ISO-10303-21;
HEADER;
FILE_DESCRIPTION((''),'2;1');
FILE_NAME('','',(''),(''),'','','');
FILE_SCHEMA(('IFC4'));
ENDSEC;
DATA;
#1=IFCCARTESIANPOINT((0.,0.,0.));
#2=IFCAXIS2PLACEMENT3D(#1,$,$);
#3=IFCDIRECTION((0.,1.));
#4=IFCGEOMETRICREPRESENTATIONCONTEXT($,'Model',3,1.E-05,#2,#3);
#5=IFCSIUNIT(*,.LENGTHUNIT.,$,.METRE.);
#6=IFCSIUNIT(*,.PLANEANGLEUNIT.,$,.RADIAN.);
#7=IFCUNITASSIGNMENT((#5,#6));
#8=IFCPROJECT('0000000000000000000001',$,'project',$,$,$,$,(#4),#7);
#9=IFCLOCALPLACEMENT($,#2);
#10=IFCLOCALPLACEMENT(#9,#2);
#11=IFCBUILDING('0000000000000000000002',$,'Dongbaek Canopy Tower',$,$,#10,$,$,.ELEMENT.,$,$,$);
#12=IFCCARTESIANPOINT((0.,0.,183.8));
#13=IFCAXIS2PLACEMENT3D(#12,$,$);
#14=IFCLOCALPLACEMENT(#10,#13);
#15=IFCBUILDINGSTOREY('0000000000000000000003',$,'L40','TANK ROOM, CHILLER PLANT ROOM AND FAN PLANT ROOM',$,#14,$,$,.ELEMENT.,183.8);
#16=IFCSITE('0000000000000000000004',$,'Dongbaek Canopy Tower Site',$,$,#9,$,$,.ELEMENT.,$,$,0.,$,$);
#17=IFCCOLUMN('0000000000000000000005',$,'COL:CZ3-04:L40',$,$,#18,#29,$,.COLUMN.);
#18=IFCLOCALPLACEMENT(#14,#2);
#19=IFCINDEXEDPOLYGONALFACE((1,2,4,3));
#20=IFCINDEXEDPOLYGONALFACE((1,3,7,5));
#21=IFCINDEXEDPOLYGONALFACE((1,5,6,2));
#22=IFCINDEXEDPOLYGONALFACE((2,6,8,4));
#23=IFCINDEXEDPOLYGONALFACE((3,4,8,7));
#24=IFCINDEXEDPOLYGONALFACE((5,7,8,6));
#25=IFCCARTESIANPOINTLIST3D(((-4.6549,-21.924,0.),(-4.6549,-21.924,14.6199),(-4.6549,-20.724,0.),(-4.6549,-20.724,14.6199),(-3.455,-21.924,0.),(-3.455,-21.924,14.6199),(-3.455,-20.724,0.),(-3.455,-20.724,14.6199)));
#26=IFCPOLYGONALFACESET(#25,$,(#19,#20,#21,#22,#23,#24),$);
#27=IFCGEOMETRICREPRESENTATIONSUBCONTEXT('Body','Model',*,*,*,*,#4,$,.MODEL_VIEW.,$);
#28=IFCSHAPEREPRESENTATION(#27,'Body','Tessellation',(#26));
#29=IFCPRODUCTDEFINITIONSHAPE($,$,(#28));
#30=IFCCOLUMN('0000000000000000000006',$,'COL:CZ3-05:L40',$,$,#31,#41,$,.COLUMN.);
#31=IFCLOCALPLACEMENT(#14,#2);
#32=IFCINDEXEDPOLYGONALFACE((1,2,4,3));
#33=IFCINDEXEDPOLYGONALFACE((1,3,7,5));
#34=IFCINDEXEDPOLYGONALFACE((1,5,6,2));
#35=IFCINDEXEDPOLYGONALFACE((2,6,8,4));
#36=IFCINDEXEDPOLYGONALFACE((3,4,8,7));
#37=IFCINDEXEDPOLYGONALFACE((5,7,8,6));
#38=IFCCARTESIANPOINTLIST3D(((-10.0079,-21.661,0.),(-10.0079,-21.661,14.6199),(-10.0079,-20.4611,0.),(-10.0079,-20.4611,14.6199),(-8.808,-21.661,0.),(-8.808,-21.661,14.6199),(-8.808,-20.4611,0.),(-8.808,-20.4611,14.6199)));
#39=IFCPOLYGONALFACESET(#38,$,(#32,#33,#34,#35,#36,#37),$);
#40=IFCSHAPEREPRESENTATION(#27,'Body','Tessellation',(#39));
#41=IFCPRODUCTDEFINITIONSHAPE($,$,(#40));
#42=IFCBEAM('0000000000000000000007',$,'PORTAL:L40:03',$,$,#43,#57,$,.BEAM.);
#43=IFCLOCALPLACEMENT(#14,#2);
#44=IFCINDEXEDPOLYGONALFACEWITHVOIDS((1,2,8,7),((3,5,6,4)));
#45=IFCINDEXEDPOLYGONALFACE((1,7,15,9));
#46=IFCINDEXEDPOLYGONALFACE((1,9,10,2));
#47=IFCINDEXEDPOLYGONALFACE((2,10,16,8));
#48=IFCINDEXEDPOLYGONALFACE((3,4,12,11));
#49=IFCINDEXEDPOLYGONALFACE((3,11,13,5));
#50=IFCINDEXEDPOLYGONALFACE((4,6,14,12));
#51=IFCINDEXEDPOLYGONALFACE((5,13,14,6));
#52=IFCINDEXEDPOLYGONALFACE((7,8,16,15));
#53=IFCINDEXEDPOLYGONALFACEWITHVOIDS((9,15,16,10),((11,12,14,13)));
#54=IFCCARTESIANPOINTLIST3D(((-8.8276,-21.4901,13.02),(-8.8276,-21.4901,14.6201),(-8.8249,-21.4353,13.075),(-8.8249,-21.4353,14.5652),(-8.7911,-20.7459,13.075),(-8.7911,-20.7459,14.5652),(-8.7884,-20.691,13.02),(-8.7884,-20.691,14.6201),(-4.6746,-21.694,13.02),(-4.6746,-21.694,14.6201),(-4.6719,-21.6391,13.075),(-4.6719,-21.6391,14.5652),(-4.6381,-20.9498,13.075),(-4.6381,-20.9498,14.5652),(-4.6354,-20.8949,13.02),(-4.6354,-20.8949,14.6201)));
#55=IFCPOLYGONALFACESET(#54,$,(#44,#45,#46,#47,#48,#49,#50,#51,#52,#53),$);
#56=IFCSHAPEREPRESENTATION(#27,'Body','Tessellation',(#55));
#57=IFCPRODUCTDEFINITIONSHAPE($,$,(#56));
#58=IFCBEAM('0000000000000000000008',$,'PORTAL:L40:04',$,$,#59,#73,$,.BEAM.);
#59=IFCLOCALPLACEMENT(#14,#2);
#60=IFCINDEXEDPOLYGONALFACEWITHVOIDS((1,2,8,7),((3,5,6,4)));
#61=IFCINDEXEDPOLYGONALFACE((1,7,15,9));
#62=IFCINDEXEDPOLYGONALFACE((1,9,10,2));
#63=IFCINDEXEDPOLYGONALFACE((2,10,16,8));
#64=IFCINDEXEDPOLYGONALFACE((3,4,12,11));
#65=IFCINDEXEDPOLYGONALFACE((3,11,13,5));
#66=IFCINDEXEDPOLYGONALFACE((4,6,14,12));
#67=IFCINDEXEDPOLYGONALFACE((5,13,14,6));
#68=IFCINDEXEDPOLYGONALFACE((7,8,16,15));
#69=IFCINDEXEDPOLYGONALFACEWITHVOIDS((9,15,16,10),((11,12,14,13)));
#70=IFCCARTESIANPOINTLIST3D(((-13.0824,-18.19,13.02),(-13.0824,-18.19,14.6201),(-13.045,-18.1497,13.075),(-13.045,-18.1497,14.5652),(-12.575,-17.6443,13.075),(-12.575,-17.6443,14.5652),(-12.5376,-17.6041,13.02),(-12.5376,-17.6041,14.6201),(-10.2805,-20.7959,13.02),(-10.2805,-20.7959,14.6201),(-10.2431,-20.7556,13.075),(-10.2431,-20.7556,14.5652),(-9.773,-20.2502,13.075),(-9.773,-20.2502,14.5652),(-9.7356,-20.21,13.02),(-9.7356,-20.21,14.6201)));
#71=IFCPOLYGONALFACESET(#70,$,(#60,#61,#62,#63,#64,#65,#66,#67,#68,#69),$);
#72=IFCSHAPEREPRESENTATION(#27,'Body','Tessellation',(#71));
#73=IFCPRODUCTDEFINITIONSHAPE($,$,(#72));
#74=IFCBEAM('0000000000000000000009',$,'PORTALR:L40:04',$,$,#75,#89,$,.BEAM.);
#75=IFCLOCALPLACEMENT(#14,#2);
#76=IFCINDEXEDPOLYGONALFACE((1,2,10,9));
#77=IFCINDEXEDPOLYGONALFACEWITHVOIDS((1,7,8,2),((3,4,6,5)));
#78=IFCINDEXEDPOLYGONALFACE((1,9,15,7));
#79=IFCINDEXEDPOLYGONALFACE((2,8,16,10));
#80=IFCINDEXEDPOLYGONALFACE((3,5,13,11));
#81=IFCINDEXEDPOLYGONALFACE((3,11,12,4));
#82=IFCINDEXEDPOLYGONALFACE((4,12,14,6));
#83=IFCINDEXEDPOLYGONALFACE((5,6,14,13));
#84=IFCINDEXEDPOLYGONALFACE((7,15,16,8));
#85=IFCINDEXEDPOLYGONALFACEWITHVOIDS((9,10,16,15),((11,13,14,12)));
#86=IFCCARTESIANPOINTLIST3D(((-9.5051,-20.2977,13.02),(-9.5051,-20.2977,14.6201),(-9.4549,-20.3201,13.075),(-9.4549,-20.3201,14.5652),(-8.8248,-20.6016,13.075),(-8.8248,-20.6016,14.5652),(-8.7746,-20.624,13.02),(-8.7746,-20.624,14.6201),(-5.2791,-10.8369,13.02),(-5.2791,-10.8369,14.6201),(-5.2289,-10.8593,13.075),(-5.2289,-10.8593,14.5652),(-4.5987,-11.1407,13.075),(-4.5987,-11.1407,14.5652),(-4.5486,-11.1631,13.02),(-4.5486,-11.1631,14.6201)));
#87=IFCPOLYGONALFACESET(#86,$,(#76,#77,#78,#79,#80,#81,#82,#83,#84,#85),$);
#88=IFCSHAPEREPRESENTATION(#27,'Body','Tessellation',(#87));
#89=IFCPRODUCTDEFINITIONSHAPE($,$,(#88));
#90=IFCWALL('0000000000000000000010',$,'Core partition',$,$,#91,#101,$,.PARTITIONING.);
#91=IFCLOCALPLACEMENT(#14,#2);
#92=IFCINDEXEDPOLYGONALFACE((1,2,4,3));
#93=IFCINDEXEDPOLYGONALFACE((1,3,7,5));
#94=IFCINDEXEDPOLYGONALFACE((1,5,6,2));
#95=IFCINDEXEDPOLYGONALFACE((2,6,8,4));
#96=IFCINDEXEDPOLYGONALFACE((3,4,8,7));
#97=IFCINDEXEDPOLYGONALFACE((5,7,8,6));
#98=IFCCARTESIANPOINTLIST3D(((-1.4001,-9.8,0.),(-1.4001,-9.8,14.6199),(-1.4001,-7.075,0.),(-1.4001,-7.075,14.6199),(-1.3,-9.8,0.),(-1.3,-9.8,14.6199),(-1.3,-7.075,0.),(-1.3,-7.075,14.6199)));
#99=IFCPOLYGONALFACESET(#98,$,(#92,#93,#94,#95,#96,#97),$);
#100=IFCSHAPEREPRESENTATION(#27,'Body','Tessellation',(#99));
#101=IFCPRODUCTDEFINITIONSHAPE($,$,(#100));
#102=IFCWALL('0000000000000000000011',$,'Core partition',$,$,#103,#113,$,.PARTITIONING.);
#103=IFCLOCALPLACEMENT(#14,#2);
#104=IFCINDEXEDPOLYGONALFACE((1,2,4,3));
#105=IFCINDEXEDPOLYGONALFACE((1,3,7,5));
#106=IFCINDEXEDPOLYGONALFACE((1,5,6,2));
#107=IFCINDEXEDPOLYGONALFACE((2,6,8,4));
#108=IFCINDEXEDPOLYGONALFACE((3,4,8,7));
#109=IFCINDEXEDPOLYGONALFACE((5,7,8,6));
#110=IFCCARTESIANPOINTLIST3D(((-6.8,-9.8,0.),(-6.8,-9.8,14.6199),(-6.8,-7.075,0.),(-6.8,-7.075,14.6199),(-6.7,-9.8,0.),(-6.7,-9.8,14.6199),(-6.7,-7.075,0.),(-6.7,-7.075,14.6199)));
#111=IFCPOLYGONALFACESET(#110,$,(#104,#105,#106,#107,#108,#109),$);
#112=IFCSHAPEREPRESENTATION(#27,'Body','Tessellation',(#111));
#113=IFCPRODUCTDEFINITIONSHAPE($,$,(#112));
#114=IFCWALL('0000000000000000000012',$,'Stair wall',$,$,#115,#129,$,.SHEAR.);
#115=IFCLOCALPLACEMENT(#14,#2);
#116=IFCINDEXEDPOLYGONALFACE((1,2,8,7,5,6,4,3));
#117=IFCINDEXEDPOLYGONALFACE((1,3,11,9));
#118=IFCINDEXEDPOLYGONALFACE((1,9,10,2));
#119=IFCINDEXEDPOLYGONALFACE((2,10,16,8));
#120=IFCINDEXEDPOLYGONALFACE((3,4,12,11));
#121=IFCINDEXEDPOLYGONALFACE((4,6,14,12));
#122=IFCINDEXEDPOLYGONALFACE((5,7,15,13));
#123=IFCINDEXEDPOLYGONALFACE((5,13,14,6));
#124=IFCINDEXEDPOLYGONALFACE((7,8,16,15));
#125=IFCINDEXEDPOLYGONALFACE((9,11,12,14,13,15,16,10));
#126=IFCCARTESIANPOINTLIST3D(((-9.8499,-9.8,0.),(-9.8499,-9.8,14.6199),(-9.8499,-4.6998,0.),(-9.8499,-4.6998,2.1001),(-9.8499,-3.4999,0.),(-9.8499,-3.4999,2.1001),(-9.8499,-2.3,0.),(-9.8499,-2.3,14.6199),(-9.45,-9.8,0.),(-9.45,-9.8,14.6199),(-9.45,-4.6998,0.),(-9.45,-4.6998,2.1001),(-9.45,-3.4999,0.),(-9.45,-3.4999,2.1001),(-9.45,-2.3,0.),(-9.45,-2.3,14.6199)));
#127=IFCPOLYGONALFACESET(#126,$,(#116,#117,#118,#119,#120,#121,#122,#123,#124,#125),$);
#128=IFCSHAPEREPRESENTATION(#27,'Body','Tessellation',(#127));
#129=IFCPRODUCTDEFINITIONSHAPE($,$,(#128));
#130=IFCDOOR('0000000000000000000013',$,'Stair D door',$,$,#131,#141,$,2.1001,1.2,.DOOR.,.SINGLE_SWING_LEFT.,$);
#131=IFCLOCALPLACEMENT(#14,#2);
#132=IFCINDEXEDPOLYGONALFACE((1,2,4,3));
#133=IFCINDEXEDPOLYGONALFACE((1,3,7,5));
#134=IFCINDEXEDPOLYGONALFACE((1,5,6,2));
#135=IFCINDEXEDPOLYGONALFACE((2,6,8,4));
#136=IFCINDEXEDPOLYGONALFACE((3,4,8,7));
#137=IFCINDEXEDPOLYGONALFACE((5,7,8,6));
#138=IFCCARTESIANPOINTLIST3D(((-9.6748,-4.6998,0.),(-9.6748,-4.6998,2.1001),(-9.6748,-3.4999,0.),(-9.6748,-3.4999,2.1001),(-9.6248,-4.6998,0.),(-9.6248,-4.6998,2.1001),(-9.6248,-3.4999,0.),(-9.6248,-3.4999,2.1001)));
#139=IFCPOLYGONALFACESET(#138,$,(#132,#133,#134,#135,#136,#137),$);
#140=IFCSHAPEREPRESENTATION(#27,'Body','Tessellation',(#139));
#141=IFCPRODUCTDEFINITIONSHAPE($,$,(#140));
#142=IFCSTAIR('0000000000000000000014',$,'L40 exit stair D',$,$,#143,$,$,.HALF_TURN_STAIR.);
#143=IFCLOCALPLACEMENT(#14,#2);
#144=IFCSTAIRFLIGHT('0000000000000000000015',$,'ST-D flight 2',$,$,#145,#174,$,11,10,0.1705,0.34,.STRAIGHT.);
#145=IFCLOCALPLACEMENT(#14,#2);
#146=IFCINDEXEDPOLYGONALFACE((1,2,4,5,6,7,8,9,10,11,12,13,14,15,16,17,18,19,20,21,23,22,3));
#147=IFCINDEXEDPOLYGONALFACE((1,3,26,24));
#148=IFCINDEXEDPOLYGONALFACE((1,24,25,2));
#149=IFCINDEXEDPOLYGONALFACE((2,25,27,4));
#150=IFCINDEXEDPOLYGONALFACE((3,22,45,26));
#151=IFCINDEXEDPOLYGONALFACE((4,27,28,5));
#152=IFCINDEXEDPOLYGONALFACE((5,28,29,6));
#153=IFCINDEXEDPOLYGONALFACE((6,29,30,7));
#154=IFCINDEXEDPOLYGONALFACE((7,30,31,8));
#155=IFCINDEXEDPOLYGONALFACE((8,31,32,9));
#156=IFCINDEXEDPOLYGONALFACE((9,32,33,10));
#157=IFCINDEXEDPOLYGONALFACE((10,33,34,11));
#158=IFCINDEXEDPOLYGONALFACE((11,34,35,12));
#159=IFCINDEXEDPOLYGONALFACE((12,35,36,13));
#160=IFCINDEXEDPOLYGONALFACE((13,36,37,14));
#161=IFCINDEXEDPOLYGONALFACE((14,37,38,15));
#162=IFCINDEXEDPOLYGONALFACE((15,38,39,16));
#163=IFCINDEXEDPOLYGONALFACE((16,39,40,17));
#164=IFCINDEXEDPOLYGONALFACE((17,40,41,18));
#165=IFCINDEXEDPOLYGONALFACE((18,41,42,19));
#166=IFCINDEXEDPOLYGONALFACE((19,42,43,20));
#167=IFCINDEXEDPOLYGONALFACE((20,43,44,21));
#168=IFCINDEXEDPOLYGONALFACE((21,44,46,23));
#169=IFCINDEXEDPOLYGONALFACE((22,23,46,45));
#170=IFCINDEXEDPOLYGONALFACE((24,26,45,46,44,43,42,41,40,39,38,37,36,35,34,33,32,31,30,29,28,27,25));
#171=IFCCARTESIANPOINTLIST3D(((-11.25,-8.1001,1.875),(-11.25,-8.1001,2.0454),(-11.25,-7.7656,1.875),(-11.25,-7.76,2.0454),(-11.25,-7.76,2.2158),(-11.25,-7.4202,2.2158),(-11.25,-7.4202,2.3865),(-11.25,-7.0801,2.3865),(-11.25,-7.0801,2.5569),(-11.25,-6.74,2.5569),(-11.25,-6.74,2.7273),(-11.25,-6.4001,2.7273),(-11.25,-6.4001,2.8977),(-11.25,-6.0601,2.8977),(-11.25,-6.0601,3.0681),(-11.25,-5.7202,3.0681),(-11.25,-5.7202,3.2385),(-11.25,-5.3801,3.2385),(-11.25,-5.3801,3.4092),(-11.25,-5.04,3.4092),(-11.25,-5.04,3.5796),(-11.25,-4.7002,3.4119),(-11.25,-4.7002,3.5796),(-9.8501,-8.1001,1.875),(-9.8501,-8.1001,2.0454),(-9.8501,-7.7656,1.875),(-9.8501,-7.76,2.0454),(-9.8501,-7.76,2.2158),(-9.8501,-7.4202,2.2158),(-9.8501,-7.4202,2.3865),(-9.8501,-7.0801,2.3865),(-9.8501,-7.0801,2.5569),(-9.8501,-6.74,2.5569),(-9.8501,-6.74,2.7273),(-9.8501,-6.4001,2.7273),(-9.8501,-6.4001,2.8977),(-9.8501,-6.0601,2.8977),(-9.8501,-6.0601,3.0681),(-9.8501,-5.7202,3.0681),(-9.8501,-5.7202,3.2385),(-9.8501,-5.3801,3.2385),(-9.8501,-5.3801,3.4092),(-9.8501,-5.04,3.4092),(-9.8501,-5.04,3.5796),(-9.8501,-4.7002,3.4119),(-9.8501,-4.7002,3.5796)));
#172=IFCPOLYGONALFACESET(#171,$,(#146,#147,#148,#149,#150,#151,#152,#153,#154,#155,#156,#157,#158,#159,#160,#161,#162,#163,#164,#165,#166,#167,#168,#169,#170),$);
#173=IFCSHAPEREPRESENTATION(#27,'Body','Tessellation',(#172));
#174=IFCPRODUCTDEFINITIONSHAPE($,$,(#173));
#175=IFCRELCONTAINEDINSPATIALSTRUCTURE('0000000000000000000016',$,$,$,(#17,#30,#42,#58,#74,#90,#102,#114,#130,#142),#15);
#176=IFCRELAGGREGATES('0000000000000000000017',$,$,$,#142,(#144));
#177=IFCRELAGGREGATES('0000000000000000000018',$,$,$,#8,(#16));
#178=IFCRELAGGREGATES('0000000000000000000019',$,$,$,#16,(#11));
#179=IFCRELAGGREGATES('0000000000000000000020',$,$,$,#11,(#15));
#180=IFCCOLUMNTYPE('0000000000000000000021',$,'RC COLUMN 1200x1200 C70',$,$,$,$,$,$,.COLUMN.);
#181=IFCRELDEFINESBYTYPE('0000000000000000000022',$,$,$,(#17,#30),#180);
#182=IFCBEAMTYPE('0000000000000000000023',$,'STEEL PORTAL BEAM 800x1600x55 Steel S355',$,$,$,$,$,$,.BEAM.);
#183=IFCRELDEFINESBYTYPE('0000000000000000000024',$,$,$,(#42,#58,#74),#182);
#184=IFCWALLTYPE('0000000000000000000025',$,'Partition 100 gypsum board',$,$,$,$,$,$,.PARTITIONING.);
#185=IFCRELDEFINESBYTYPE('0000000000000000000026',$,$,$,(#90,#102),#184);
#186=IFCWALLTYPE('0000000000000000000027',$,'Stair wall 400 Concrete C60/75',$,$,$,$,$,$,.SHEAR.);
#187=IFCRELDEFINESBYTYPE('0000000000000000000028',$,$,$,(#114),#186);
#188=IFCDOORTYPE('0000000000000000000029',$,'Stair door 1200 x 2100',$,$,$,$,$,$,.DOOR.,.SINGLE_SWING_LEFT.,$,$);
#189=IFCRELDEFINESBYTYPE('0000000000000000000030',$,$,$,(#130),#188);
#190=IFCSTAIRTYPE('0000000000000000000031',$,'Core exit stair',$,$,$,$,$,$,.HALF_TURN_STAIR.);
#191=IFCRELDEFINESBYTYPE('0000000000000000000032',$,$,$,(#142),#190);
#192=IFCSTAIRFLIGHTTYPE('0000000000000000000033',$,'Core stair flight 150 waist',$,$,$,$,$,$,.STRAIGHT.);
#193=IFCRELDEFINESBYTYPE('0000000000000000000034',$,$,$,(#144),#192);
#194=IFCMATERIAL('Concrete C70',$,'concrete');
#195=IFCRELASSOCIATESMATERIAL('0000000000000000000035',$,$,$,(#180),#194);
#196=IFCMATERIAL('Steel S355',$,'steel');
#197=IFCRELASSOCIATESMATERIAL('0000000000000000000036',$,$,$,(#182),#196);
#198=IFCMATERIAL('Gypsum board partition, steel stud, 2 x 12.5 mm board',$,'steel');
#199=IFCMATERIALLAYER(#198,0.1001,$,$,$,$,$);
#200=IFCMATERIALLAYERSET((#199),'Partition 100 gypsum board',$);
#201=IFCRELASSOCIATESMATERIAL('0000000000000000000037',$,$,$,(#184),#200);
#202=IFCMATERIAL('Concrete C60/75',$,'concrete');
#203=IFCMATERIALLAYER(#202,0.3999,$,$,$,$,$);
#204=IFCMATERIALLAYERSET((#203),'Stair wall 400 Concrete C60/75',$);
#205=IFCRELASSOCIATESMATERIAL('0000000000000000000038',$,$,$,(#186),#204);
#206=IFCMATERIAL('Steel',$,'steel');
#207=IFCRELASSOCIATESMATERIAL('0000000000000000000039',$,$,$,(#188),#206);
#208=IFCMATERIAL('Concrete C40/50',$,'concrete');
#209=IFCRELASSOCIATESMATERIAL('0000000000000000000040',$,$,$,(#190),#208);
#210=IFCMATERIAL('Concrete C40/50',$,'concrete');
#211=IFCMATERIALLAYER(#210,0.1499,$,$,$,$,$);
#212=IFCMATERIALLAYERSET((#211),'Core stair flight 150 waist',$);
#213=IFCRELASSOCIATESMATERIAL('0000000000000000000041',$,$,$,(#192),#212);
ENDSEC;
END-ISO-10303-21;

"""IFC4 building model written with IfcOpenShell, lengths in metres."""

from ifc_helpers import new_model, si_unit, direction, frame, frame_2d, origin, origin_2d, place, context, subcontext, project, spatial, polyline, rectangle, hollow_rectangle, outline, extrude, material, layer, layer_set, material_profile, profile_set, type_object, element, fill, aggregate, save


model = new_model("IFC4")

# Units and contexts
model_context = context("Model", 3, precision=1e-05, world=origin(), true_north=direction((0.0, 1.0)))
body_context = subcontext(model_context, "Body", "Model", "MODEL_VIEW")
ifc_project = project(units=[si_unit("LENGTHUNIT", "METRE"), si_unit("PLANEANGLEUNIT", "RADIAN")], contexts=[model_context])

# Site, building, storey
site_placement = place(None, origin())
site = spatial("IfcSite", under=ifc_project, at=site_placement, Name="Dongbaek Canopy Tower Site", CompositionType="ELEMENT", RefElevation=0.0)
building_placement = place(site_placement, origin())
building = spatial("IfcBuilding", under=site, at=building_placement, Name="Dongbaek Canopy Tower", CompositionType="ELEMENT")
storey_placement = place(building_placement, frame((0.0, 0.0, 183.8)))
storey = spatial("IfcBuildingStorey", under=building, at=storey_placement, Name="L40", Description="TANK ROOM, CHILLER PLANT ROOM AND FAN PLANT ROOM", CompositionType="ELEMENT", Elevation=183.8)

# Columns
ifc_material_1 = material(Name="Concrete C70", Category="concrete")
ifc_material_profile_1 = material_profile(ifc_material_1, rectangle(XDim=1.2, YDim=1.2, at=origin_2d()), Name="RC COLUMN 1200x1200 C70")
ifc_profile_set_1 = profile_set([ifc_material_profile_1], Name="Concrete C70")
column_type = type_object("IfcColumnType", Name="RC COLUMN 1200x1200 C70", PredefinedType="COLUMN", material=ifc_profile_set_1)
for number, where, z_axis, x_axis, name in (
    (1, (-4.0549, -21.324, 0.0), (0.0, 0.0, 1.0), (1.0, 0.0, 0.0), "COL:CZ3-04:L40"),
    (2, (-9.408, -21.061, 0.0), (0.0, 0.0, 1.0), (1.0, 0.0, 0.0), "COL:CZ3-05:L40"),
):
    element("IfcColumn", number, at=place(storey_placement, frame(where, z_axis=z_axis, x_axis=x_axis)), inside=storey, type_object=column_type, Name=name, PredefinedType="COLUMN", context=body_context, shape_type="SweptSolid", body=[
        extrude(rectangle(XDim=1.2, YDim=1.2, at=origin_2d()), origin(), (0.0, 0.0, 1.0), 14.6199),
    ])

# Beams
ifc_material_2 = material(Name="Steel S355", Category="steel")
ifc_material_profile_2 = material_profile(ifc_material_2, hollow_rectangle(XDim=0.8, YDim=1.6001, WallThickness=0.0549, at=origin_2d()), Name="STEEL PORTAL BEAM 800x1600x55 Steel S355")
ifc_profile_set_2 = profile_set([ifc_material_profile_2], Name="Steel S355")
beam_type = type_object("IfcBeamType", Name="STEEL PORTAL BEAM 800x1600x55 Steel S355", PredefinedType="BEAM", material=ifc_profile_set_2)
beam_1_placement = place(storey_placement, frame((-4.655, -21.2944, 13.8201), z_axis=(-0.998797, 0.049027, 0.0), x_axis=(-0.049027, -0.998797, 0.0)))
element("IfcBeam", 3, at=beam_1_placement, inside=storey, type_object=beam_type, Name="PORTAL:L40:03", PredefinedType="BEAM", context=body_context, shape_type="SweptSolid", body=[
    extrude(hollow_rectangle(XDim=0.8, YDim=1.6001, WallThickness=0.0549, at=origin_2d()), origin(), (0.0, 0.0, 1.0), 4.158),
])
beam_2_placement = place(storey_placement, frame((-10.0081, -20.5029, 13.8201), z_axis=(-0.732259, 0.681026, 0.0), x_axis=(-0.681026, -0.732259, 0.0)))
element("IfcBeam", 4, at=beam_2_placement, inside=storey, type_object=beam_type, Name="PORTAL:L40:04", PredefinedType="BEAM", context=body_context, shape_type="SweptSolid", body=[
    extrude(hollow_rectangle(XDim=0.8, YDim=1.6001, WallThickness=0.0549, at=origin_2d()), origin(), (0.0, 0.0, 1.0), 3.8264),
])
beam_3_placement = place(storey_placement, frame((-4.9138, -11.0, 13.8201), z_axis=(-0.407847, -0.91305, 0.0), x_axis=(0.91305, -0.407847, 0.0)))
element("IfcBeam", 5, at=beam_3_placement, inside=storey, type_object=beam_type, Name="PORTALR:L40:04", PredefinedType="BEAM", context=body_context, shape_type="SweptSolid", body=[
    extrude(hollow_rectangle(XDim=0.8, YDim=1.6001, WallThickness=0.0549, at=origin_2d()), origin(), (0.0, 0.0, 1.0), 10.3618),
])

# Walls
ifc_material_3 = material(Name="Gypsum board partition, steel stud, 2 x 12.5 mm board", Category="steel")
ifc_layer_1 = layer(ifc_material_3, 0.1001)
ifc_layer_set_1 = layer_set([ifc_layer_1], Name="Partition 100 gypsum board")
wall_type_1 = type_object("IfcWallType", Name="Partition 100 gypsum board", PredefinedType="PARTITIONING", material=ifc_layer_set_1)
for number, where, z_axis, x_axis, name in (
    (6, (-1.3501, -9.8, 0.0), (0.0, 0.0, 1.0), (0.0, 1.0, 0.0), "Core partition"),
    (7, (-6.75, -9.8, 0.0), (0.0, 0.0, 1.0), (0.0, 1.0, 0.0), "Core partition"),
):
    element("IfcWall", number, at=place(storey_placement, frame(where, z_axis=z_axis, x_axis=x_axis)), inside=storey, type_object=wall_type_1, Name=name, PredefinedType="PARTITIONING", context=body_context, shape_type="SweptSolid", body=[
        extrude(rectangle(XDim=2.7251, YDim=0.1001, at=frame_2d((1.3625, 0.0))), origin(), (0.0, 0.0, 1.0), 14.6199),
    ])

# Wall, opening, door
ifc_material_4 = material(Name="Concrete C60/75", Category="concrete")
ifc_layer_2 = layer(ifc_material_4, 0.3999)
ifc_layer_set_2 = layer_set([ifc_layer_2], Name="Stair wall 400 Concrete C60/75")
wall_type_2 = type_object("IfcWallType", Name="Stair wall 400 Concrete C60/75", PredefinedType="SHEAR", material=ifc_layer_set_2)
wall_placement = place(storey_placement, frame((-9.6499, -9.8, 0.0), z_axis=(0.0, 0.0, 1.0), x_axis=(0.0, 1.0, 0.0)))
wall = element("IfcWall", 8, at=wall_placement, inside=storey, type_object=wall_type_2, Name="Stair wall", PredefinedType="SHEAR", context=body_context, shape_type="SweptSolid", body=[
    extrude(rectangle(XDim=7.5, YDim=0.3999, at=frame_2d((3.75, 0.0))), origin(), (0.0, 0.0, 1.0), 14.6199),
])
opening_placement = place(wall_placement, frame((5.1001, 0.0, 0.0)))
opening = element("IfcOpeningElement", 9, at=opening_placement, cuts=wall, PredefinedType="OPENING", context=body_context, shape_type="SweptSolid", body=[
    extrude(rectangle(XDim=1.2, YDim=2.1001, at=frame_2d((0.6001, 1.05))), frame((0.0, 0.21, 0.0), z_axis=(0.0, -1.0, 0.0), x_axis=(1.0, 0.0, 0.0)), (0.0, 0.0, 1.0), 0.4199),
])
ifc_material_5 = material(Name="Steel", Category="steel")
door_type = type_object("IfcDoorType", Name="Stair door 1200 x 2100", OperationType="SINGLE_SWING_LEFT", PredefinedType="DOOR", material=ifc_material_5)
door_placement = place(opening_placement, origin())
door = element("IfcDoor", 10, at=door_placement, inside=storey, type_object=door_type, Name="Stair D door", OperationType="SINGLE_SWING_LEFT", OverallHeight=2.1001, OverallWidth=1.2, PredefinedType="DOOR", context=body_context, shape_type="SweptSolid", body=[
    extrude(rectangle(XDim=1.2, YDim=2.1001, at=frame_2d((0.6001, 1.05))), frame((0.0, 0.0249, 0.0), z_axis=(0.0, -1.0, 0.0), x_axis=(1.0, 0.0, 0.0)), (0.0, 0.0, 1.0), 0.05),
])
fill(opening, door)

# Stair, stair flight
ifc_material_6 = material(Name="Concrete C40/50", Category="concrete")
stair_type = type_object("IfcStairType", Name="Core exit stair", PredefinedType="HALF_TURN_STAIR", material=ifc_material_6)
stair_placement = place(storey_placement, origin())
stair = element("IfcStair", 11, at=stair_placement, inside=storey, type_object=stair_type, Name="L40 exit stair D", PredefinedType="HALF_TURN_STAIR")
ifc_material_7 = material(Name="Concrete C40/50", Category="concrete")
ifc_layer_3 = layer(ifc_material_7, 0.1499)
ifc_layer_set_3 = layer_set([ifc_layer_3], Name="Core stair flight 150 waist")
stair_flight_type = type_object("IfcStairFlightType", Name="Core stair flight 150 waist", PredefinedType="STRAIGHT", material=ifc_layer_set_3)
stair_flight_1_placement = place(storey_placement, frame((-10.55, -8.1001, 1.875), z_axis=(0.0, 0.0, 1.0), x_axis=(0.0, 1.0, 0.0)))
stair_flight_1 = element("IfcStairFlight", 12, at=stair_flight_1_placement, type_object=stair_flight_type, Name="ST-D flight 2", NumberOfRisers=11, NumberOfTreads=10, PredefinedType="STRAIGHT", RiserHeight=0.1705, TreadLength=0.34, context=body_context, shape_type="SweptSolid", body=[
    extrude(outline(polyline([(0.0, 0.0), (0.0, 0.1704), (0.3401, 0.1704), (0.3401, 0.3408), (0.6799, 0.3408), (0.6799, 0.5115), (1.02, 0.5115), (1.02, 0.6819), (1.3601, 0.6819), (1.3601, 0.8523), (1.7, 0.8523), (1.7, 1.0227), (2.04, 1.0227), (2.04, 1.1931), (2.3799, 1.1931), (2.3799, 1.3635), (2.72, 1.3635), (2.72, 1.5342), (3.0601, 1.5342), (3.0601, 1.7046), (3.3999, 1.7046), (3.3999, 1.875), (3.3999, 1.5369), (0.3345, 0.0), (0.0, 0.0)])), frame((0.0, 0.7, 0.0), z_axis=(0.0, -1.0, 0.0), x_axis=(1.0, 0.0, 0.0)), (0.0, 0.0, 1.0), 1.3999),
])
aggregate(stair, [stair_flight_1])

save(model, "model.ifc")
